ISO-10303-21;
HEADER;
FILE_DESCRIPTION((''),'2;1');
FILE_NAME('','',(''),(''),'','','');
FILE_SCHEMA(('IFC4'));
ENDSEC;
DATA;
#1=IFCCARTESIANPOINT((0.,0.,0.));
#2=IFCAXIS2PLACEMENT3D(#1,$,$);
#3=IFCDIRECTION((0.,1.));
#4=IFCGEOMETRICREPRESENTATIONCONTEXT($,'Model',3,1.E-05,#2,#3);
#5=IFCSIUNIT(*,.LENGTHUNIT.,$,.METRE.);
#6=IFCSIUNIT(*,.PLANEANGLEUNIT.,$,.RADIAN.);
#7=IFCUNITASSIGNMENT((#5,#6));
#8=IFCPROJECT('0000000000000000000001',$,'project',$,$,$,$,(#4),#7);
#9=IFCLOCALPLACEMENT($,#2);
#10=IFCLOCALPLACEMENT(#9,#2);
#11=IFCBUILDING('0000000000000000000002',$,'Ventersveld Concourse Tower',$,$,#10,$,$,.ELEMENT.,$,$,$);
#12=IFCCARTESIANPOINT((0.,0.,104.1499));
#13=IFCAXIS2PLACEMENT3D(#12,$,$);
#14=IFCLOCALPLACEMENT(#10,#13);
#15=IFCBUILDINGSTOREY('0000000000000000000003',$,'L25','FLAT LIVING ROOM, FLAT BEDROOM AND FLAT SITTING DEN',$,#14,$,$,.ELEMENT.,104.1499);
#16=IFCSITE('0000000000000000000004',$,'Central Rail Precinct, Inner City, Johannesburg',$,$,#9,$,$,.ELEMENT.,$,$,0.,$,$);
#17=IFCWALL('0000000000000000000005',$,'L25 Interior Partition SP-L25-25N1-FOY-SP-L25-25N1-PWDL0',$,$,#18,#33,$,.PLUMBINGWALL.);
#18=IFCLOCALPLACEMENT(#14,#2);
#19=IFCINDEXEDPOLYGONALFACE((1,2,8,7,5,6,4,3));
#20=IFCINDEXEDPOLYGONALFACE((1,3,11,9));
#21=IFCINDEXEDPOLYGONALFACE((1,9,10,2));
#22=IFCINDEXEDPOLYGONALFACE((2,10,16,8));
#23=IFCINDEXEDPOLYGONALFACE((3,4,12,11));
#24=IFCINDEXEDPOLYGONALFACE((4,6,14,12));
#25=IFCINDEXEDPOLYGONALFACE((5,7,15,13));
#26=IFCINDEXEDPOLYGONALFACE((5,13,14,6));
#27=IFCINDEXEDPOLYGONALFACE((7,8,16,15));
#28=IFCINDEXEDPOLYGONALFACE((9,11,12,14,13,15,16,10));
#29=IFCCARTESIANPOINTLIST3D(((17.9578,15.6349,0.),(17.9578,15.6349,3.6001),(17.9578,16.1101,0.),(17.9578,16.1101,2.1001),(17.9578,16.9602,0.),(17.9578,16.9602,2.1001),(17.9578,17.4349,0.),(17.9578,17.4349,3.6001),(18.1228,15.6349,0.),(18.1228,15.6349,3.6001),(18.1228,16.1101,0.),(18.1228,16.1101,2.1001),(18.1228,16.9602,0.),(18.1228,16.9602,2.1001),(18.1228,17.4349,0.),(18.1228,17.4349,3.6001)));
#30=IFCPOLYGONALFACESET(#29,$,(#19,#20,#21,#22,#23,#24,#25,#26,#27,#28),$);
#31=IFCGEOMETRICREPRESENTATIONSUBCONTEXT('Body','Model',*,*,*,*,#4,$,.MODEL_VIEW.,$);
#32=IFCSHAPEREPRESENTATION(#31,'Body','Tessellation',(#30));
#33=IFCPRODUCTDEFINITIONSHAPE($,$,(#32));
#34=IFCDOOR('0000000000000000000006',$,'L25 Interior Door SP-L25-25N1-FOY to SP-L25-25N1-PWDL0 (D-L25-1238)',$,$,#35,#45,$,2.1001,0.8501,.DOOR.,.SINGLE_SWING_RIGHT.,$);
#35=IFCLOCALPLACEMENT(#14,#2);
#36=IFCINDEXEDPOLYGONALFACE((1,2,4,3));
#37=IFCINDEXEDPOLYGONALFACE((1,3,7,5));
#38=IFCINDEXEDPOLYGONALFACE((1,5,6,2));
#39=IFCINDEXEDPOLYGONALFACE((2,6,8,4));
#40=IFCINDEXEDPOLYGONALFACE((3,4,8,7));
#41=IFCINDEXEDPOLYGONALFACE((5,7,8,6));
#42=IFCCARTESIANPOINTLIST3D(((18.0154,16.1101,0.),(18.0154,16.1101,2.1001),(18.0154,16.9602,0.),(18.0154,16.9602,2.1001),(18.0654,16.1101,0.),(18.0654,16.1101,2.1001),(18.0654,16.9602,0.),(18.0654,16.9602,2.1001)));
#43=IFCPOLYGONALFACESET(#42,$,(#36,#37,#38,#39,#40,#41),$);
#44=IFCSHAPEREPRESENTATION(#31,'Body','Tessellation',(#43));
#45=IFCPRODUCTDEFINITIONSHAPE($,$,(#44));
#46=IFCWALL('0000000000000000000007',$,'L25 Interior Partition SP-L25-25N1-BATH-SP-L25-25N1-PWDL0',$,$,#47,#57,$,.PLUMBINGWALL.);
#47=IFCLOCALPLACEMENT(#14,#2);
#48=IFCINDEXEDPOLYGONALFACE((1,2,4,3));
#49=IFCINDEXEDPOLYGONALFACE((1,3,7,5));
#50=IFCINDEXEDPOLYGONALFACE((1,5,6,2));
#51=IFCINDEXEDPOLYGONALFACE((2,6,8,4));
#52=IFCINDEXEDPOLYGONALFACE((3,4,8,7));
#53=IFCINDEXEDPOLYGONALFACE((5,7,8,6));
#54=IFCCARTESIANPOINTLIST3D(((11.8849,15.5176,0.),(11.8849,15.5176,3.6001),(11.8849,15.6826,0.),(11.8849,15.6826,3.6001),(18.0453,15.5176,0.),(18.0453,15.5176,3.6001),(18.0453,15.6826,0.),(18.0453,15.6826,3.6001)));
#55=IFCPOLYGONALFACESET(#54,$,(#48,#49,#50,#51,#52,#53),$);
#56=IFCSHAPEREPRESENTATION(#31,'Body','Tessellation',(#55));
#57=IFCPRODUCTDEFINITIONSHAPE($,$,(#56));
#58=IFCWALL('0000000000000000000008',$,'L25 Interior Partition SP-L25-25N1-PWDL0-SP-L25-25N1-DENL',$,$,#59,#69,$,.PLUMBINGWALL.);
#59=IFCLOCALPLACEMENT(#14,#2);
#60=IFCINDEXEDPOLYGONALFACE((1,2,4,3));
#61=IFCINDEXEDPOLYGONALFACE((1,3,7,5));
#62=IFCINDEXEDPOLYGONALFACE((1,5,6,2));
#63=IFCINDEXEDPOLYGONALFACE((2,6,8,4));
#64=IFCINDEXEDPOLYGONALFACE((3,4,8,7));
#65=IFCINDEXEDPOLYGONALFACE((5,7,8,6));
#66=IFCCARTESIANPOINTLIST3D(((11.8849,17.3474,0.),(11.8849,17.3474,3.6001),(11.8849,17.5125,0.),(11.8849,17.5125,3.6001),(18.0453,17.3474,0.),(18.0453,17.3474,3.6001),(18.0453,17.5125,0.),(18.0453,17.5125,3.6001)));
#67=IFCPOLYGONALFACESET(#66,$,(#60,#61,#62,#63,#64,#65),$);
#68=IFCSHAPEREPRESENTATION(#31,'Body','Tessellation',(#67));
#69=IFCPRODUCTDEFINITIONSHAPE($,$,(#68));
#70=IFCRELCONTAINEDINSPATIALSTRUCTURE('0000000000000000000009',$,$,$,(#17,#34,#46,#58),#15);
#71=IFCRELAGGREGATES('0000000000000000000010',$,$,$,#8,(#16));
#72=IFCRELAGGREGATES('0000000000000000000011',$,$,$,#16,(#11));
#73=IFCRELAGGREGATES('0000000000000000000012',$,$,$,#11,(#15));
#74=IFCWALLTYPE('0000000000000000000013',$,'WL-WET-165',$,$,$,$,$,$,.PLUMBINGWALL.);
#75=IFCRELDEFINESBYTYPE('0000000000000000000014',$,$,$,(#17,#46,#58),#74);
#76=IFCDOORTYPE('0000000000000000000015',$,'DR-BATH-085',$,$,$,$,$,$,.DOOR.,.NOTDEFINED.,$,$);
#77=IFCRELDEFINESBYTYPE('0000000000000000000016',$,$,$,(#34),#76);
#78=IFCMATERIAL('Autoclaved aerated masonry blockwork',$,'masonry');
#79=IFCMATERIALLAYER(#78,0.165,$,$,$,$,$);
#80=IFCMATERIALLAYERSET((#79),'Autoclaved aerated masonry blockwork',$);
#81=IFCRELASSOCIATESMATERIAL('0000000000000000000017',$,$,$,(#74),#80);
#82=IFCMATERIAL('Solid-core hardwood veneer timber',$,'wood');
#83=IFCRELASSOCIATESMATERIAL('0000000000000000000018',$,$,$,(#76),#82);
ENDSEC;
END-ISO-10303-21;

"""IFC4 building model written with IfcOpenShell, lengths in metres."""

from ifc_helpers import new_model, si_unit, direction, frame, frame_2d, origin, place, context, subcontext, project, spatial, rectangle, extrude, material, layer, layer_set, type_object, element, fill, save


model = new_model("IFC4")

# Units and contexts
model_context = context("Model", 3, precision=1e-05, world=origin(), true_north=direction((0.0, 1.0)))
body_context = subcontext(model_context, "Body", "Model", "MODEL_VIEW")
ifc_project = project(units=[si_unit("LENGTHUNIT", "METRE"), si_unit("PLANEANGLEUNIT", "RADIAN")], contexts=[model_context])

# Site, building, storey
site_placement = place(None, origin())
site = spatial("IfcSite", under=ifc_project, at=site_placement, Name="Central Rail Precinct, Inner City, Johannesburg", CompositionType="ELEMENT", RefElevation=0.0)
building_placement = place(site_placement, origin())
building = spatial("IfcBuilding", under=site, at=building_placement, Name="Ventersveld Concourse Tower", CompositionType="ELEMENT")
storey_placement = place(building_placement, frame((0.0, 0.0, 104.1499)))
storey = spatial("IfcBuildingStorey", under=building, at=storey_placement, Name="L25", Description="FLAT LIVING ROOM, FLAT BEDROOM AND FLAT SITTING DEN", CompositionType="ELEMENT", Elevation=104.1499)

# Shared definitions
ifc_material_1 = material(Name="Solid-core hardwood veneer timber", Category="wood")

# Shared definitions
ifc_material_2 = material(Name="Autoclaved aerated masonry blockwork", Category="masonry")

# Wall, opening, door
ifc_layer_1 = layer(ifc_material_2, 0.165)
ifc_layer_set_1 = layer_set([ifc_layer_1], Name="Autoclaved aerated masonry blockwork")
wall_type_1 = type_object("IfcWallType", Name="WL-WET-165", PredefinedType="PLUMBINGWALL", material=ifc_layer_set_1)
wall_1_placement = place(storey_placement, frame((18.0403, 15.635, 0.0), z_axis=(0.0, 0.0, 1.0), x_axis=(0.0, 1.0, 0.0)))
wall_1 = element("IfcWall", 1, at=wall_1_placement, inside=storey, type_object=wall_type_1, Name="L25 Interior Partition SP-L25-25N1-FOY-SP-L25-25N1-PWDL0", PredefinedType="PLUMBINGWALL", context=body_context, shape_type="SweptSolid", body=[
    extrude(rectangle(XDim=1.8, YDim=0.165, at=frame_2d((0.8999, 0.0))), origin(), (0.0, 0.0, 1.0), 3.6001),
])
opening_1_placement = place(wall_1_placement, frame((0.4751, 0.0, 0.0)))
opening_1 = element("IfcOpeningElement", 2, at=opening_1_placement, cuts=wall_1, PredefinedType="OPENING", context=body_context, shape_type="SweptSolid", body=[
    extrude(rectangle(XDim=0.8501, YDim=2.1001, at=frame_2d((0.425, 1.05))), frame((0.0, 0.0925, 0.0), z_axis=(0.0, -1.0, 0.0), x_axis=(1.0, 0.0, 0.0)), (0.0, 0.0, 1.0), 0.1851),
])
door_type_1 = type_object("IfcDoorType", Name="DR-BATH-085", OperationType="NOTDEFINED", PredefinedType="DOOR", material=ifc_material_1)
door_1_placement = place(opening_1_placement, origin())
door_1 = element("IfcDoor", 3, at=door_1_placement, inside=storey, type_object=door_type_1, Name="L25 Interior Door SP-L25-25N1-FOY to SP-L25-25N1-PWDL0 (D-L25-1238)", OperationType="SINGLE_SWING_RIGHT", OverallHeight=2.1001, OverallWidth=0.8501, PredefinedType="DOOR", context=body_context, shape_type="SweptSolid", body=[
    extrude(rectangle(XDim=0.8501, YDim=2.1001, at=frame_2d((0.425, 1.05))), frame((0.0, 0.0249, 0.0), z_axis=(0.0, -1.0, 0.0), x_axis=(1.0, 0.0, 0.0)), (0.0, 0.0, 1.0), 0.05),
])
fill(opening_1, door_1)

# Walls
for number, where, z_axis, x_axis, name in (
    (4, (11.885, 15.6001, 0.0), (0.0, 0.0, 1.0), (1.0, 0.0, 0.0), "L25 Interior Partition SP-L25-25N1-BATH-SP-L25-25N1-PWDL0"),
    (5, (11.885, 17.4299, 0.0), (0.0, 0.0, 1.0), (1.0, 0.0, 0.0), "L25 Interior Partition SP-L25-25N1-PWDL0-SP-L25-25N1-DENL"),
):
    element("IfcWall", number, at=place(storey_placement, frame(where, z_axis=z_axis, x_axis=x_axis)), inside=storey, type_object=wall_type_1, Name=name, PredefinedType="PLUMBINGWALL", context=body_context, shape_type="SweptSolid", body=[
        extrude(rectangle(XDim=6.1604, YDim=0.165, at=frame_2d((3.0801, 0.0))), origin(), (0.0, 0.0, 1.0), 3.6001),
    ])

save(model, "model.ifc")
